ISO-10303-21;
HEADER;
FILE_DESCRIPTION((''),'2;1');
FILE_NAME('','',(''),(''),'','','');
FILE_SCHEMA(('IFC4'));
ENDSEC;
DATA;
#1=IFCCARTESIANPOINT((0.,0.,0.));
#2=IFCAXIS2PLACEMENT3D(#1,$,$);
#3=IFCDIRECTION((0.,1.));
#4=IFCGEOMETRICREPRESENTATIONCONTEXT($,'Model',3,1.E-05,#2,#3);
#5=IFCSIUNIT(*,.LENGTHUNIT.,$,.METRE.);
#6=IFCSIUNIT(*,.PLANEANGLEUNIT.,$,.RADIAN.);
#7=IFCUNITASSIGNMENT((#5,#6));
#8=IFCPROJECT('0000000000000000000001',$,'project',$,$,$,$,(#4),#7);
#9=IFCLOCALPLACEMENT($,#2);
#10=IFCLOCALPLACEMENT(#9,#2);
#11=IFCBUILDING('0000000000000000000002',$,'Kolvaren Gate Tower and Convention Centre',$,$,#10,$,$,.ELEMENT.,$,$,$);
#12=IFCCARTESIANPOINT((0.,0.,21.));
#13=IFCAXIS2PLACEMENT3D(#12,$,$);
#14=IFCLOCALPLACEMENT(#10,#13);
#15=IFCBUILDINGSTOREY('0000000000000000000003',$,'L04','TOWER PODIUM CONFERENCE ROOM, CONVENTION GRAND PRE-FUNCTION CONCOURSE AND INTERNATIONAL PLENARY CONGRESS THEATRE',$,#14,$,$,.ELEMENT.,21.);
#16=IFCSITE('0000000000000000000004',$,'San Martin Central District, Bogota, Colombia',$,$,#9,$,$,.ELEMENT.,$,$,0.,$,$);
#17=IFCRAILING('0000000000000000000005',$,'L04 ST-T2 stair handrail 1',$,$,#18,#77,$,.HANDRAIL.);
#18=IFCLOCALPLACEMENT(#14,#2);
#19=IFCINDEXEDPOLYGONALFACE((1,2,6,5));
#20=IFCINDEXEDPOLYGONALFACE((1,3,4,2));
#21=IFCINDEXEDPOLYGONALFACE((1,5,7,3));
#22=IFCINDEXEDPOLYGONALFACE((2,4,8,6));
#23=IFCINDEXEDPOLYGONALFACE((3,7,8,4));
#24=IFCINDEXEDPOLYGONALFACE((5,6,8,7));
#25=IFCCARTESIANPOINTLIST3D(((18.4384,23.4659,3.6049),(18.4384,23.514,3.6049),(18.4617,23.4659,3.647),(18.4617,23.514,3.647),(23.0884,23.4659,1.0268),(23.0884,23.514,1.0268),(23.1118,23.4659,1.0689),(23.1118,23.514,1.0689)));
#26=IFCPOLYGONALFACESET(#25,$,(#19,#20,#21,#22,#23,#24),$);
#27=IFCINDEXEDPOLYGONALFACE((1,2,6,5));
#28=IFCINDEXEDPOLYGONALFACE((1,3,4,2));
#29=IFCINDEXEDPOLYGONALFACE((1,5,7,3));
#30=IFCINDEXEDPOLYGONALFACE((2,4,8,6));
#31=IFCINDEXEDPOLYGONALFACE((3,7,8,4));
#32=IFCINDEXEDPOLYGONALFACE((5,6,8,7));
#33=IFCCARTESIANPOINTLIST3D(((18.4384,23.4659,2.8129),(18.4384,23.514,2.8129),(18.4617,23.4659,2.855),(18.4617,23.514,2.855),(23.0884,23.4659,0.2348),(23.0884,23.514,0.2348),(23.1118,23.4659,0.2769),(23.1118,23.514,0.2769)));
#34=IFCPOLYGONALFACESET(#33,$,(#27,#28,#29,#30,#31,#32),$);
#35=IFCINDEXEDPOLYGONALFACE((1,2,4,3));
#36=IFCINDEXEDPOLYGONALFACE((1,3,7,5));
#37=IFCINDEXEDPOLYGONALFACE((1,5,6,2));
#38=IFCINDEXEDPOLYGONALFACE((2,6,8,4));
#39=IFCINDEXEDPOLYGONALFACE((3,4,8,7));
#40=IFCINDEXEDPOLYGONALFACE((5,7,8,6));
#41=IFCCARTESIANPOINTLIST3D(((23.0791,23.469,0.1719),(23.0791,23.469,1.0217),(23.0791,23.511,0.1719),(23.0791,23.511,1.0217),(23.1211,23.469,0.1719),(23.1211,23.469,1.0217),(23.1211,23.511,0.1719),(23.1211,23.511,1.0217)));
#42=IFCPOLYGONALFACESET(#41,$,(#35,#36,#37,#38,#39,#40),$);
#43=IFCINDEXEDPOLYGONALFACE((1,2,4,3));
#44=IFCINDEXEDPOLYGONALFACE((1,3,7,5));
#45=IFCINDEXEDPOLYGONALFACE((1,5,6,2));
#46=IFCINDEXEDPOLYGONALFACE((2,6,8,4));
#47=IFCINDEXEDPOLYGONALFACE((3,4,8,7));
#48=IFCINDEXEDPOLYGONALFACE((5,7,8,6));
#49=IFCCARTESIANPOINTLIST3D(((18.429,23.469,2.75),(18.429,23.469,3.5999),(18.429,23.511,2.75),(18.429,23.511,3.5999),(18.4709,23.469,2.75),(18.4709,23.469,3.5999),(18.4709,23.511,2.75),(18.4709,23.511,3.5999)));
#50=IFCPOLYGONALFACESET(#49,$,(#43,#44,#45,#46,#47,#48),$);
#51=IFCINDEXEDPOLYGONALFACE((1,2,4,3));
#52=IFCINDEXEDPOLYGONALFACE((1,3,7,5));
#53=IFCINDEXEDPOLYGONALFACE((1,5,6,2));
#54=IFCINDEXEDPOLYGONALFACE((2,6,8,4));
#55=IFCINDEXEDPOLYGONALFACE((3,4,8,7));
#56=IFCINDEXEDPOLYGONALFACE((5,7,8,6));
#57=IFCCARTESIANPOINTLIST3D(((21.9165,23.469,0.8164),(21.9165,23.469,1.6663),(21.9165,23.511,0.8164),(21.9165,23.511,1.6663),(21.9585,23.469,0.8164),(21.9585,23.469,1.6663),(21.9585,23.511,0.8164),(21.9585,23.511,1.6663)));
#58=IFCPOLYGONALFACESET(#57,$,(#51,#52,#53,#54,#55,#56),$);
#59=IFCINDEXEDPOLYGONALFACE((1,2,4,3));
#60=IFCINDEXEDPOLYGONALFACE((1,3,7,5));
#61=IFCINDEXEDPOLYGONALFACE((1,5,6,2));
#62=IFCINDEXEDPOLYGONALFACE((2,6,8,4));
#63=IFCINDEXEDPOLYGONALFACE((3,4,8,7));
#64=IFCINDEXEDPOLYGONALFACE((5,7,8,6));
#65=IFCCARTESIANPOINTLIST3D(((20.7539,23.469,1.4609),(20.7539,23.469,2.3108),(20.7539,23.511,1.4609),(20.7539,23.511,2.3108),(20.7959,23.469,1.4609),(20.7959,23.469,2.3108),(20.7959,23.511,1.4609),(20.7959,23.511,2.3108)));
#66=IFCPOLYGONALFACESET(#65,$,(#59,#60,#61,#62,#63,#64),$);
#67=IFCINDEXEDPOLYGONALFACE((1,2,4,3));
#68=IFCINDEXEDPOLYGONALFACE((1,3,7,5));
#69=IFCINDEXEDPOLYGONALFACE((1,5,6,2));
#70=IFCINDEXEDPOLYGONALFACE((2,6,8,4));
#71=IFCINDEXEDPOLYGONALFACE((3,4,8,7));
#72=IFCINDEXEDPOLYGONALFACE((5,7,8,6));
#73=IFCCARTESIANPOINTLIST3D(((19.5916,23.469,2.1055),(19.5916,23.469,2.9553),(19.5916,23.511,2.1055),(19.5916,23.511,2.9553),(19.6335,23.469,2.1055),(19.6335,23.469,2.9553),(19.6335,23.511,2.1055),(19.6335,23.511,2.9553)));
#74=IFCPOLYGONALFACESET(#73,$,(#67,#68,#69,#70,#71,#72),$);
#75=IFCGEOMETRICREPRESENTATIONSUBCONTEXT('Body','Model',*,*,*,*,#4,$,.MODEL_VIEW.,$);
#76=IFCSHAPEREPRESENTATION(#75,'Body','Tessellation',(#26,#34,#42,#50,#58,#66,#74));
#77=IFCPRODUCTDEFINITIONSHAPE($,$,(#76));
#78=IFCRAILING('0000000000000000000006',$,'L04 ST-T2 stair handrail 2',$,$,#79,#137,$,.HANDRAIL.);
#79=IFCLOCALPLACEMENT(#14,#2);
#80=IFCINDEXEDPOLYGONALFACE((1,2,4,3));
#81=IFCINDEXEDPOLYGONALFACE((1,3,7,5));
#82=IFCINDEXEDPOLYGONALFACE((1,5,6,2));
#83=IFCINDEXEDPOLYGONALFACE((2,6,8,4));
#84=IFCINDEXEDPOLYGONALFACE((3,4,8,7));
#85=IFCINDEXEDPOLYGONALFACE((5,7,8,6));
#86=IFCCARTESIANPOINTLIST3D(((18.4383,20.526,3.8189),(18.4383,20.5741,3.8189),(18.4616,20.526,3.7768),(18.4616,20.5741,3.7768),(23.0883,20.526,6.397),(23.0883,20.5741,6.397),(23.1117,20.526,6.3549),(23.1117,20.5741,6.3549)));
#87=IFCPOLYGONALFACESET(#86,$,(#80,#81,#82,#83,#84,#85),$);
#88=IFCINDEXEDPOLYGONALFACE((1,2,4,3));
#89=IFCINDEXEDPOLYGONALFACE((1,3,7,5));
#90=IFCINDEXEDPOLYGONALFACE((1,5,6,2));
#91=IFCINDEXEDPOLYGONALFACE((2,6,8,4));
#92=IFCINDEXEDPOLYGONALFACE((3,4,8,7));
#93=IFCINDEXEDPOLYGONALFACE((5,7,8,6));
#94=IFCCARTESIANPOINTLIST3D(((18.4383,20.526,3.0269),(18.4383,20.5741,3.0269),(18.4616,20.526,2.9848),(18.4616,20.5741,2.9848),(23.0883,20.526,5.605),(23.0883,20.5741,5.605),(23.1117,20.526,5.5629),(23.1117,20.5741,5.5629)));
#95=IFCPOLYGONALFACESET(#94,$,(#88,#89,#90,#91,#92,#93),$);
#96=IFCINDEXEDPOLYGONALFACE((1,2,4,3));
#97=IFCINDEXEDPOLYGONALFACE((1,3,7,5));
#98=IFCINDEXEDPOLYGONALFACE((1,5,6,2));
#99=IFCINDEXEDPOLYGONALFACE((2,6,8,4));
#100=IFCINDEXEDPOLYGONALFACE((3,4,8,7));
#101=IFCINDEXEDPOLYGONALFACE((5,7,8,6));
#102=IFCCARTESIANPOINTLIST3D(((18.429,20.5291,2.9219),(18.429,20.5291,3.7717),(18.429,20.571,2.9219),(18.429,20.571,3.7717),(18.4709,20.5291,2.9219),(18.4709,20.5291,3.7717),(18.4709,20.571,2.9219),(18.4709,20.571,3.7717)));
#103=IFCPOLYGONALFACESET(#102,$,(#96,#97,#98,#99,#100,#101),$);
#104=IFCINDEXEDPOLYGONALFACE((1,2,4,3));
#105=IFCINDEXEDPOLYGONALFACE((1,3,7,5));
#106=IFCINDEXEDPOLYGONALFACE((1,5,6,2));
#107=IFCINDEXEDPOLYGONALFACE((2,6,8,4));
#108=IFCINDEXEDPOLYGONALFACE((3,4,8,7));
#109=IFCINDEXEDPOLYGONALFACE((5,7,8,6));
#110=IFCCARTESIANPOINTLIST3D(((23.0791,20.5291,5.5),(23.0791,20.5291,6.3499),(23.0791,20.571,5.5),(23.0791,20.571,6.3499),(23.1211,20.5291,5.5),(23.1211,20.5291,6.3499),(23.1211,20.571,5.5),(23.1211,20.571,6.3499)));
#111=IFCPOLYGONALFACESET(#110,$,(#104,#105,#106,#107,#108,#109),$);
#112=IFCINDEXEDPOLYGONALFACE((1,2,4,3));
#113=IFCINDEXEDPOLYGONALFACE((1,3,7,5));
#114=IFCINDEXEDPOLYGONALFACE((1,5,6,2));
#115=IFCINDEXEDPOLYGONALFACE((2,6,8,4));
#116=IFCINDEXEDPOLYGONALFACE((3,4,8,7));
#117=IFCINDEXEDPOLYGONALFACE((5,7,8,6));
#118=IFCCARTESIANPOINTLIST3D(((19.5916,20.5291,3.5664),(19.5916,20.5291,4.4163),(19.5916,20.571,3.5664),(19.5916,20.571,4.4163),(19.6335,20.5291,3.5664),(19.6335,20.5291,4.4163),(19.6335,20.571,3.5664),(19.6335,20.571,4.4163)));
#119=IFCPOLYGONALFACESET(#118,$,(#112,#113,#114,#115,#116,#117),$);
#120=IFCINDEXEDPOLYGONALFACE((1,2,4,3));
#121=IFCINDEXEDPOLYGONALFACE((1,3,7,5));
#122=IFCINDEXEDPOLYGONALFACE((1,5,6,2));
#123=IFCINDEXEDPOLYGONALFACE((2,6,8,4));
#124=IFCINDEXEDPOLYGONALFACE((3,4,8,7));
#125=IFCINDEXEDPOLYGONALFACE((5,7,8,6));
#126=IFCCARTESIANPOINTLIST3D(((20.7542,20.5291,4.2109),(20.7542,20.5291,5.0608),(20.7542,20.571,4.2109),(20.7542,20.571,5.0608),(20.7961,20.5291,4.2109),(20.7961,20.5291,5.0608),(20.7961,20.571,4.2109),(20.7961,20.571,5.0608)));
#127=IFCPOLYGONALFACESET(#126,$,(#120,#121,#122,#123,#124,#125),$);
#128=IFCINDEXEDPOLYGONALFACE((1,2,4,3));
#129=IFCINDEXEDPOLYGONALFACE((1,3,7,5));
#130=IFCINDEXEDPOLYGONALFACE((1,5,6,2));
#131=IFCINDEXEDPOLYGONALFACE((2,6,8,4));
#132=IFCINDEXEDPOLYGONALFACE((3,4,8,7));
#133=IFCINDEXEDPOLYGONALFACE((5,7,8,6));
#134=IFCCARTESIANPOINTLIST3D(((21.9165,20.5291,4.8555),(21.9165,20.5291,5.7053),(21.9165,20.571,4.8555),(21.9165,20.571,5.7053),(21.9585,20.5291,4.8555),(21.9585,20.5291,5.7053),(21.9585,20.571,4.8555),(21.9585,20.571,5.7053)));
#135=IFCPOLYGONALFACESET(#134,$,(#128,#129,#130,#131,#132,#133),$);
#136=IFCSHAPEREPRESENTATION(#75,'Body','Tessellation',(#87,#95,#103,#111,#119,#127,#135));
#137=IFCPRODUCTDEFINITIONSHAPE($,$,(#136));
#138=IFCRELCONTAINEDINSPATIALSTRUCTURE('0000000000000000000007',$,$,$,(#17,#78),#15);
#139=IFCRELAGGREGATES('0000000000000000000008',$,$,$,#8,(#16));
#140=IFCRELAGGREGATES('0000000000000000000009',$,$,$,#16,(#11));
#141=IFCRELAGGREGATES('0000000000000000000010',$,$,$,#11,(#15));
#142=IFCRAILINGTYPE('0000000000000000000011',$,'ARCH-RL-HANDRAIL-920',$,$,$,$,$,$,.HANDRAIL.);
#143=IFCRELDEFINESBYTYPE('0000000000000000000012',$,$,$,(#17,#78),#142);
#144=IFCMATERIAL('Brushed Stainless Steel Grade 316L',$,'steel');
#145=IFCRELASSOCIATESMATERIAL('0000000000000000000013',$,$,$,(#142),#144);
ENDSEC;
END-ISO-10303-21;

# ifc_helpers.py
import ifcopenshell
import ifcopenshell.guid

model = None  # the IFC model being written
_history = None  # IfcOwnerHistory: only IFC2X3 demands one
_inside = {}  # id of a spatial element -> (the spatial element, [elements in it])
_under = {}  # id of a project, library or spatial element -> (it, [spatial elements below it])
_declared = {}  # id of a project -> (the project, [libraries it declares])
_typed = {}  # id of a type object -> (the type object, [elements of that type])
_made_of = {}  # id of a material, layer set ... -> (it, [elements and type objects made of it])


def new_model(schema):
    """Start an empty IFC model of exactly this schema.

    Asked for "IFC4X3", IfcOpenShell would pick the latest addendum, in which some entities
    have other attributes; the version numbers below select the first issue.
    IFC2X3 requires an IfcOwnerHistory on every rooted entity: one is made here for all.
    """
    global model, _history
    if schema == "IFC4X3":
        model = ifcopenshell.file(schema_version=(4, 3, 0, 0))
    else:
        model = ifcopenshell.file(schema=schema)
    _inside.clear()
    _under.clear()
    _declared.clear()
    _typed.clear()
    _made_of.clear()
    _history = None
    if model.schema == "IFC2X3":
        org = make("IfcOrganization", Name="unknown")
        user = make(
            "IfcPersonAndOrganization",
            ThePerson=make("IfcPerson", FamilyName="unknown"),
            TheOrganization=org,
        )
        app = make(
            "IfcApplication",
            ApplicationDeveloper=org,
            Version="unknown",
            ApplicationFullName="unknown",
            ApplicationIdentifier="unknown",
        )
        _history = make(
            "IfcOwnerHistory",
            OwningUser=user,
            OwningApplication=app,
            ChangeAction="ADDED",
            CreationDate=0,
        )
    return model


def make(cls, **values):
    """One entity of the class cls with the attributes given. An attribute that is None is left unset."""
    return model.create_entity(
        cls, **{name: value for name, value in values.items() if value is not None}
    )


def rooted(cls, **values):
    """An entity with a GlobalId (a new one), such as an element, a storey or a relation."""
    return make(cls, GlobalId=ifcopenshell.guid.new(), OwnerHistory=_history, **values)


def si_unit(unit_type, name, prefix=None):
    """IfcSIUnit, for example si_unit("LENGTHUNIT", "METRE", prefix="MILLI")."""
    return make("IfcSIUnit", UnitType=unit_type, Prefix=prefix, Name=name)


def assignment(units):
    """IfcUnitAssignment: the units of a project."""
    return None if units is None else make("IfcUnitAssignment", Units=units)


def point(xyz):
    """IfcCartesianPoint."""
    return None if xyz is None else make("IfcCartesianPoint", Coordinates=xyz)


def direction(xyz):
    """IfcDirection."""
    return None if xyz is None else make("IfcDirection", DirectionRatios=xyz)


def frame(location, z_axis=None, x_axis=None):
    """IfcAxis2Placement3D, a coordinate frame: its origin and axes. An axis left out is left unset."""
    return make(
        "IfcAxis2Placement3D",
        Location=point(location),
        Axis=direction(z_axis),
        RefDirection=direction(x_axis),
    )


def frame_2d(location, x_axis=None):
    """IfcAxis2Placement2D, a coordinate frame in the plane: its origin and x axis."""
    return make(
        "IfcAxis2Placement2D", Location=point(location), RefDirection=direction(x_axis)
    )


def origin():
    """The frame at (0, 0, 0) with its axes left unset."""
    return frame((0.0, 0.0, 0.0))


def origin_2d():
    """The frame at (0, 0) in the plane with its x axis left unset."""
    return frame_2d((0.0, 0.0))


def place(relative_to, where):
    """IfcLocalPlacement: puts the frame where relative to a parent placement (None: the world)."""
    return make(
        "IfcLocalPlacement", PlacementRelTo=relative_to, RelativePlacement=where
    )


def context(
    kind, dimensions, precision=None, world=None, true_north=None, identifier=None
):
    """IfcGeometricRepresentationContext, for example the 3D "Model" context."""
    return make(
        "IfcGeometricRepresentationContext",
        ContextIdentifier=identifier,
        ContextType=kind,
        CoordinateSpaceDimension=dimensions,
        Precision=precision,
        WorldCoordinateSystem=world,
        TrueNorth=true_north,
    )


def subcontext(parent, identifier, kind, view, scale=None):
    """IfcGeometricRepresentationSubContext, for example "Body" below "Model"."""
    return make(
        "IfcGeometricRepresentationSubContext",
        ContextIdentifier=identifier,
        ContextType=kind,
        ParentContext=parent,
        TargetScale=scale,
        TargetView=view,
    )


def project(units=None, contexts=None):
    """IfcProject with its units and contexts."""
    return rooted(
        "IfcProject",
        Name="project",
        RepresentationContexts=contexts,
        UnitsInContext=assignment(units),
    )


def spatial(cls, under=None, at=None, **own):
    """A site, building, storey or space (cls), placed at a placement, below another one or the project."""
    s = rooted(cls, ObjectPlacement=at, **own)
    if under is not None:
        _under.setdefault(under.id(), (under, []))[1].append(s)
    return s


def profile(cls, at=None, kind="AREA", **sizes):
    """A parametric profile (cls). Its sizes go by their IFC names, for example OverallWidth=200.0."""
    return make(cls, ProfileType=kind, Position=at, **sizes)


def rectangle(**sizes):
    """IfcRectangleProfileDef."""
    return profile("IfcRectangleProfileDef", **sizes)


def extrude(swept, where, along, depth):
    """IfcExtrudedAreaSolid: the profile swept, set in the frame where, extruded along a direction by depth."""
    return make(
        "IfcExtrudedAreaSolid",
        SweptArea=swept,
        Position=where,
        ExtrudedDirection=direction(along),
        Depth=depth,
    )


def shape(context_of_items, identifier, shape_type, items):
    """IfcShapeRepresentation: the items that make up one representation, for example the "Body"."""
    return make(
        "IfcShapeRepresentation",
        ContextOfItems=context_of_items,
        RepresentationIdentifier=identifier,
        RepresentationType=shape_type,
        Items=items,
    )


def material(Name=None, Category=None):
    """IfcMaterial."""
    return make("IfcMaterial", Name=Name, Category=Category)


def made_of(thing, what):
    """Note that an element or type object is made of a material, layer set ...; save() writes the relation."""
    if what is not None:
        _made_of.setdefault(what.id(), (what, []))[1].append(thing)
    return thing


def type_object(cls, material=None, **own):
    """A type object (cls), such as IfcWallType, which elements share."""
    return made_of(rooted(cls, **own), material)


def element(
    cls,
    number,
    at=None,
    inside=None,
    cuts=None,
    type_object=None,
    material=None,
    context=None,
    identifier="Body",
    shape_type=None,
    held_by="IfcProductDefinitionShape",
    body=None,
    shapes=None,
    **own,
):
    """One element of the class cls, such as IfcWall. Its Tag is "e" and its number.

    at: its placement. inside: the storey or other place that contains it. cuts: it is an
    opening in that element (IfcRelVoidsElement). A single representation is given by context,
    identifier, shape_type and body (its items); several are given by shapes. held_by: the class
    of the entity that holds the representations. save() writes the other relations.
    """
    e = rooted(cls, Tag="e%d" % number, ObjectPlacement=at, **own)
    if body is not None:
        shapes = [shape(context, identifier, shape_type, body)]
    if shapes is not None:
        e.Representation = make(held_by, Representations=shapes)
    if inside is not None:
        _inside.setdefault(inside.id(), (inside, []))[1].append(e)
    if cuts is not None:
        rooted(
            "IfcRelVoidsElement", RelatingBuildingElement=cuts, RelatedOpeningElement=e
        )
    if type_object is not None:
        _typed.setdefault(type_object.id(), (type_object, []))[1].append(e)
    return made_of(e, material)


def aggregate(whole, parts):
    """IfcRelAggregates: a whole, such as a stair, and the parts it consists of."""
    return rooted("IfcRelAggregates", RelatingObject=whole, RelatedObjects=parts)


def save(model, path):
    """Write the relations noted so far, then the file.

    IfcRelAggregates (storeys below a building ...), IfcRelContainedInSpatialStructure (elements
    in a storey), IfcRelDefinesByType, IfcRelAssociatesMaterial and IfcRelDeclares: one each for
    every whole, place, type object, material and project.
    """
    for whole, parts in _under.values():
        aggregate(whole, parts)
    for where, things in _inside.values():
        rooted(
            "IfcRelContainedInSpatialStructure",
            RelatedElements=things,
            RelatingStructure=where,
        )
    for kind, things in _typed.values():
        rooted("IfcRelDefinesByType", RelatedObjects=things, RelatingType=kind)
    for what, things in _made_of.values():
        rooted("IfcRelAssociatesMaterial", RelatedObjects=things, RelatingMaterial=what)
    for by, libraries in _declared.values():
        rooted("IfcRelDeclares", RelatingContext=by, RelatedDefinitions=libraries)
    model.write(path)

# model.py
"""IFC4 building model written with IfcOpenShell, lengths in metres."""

from ifc_helpers import new_model, si_unit, direction, frame, origin, origin_2d, place, context, subcontext, project, spatial, rectangle, extrude, material, type_object, element, save


model = new_model("IFC4")

# Units and contexts
model_context = context("Model", 3, precision=1e-05, world=origin(), true_north=direction((0.0, 1.0)))
body_context = subcontext(model_context, "Body", "Model", "MODEL_VIEW")
ifc_project = project(units=[si_unit("LENGTHUNIT", "METRE"), si_unit("PLANEANGLEUNIT", "RADIAN")], contexts=[model_context])

# Site, building, storey
site_placement = place(None, origin())
site = spatial("IfcSite", under=ifc_project, at=site_placement, Name="San Martin Central District, Bogota, Colombia", CompositionType="ELEMENT", RefElevation=0.0)
building_placement = place(site_placement, origin())
building = spatial("IfcBuilding", under=site, at=building_placement, Name="Kolvaren Gate Tower and Convention Centre", CompositionType="ELEMENT")
storey_placement = place(building_placement, frame((0.0, 0.0, 21.0)))
storey = spatial("IfcBuildingStorey", under=building, at=storey_placement, Name="L04", Description="TOWER PODIUM CONFERENCE ROOM, CONVENTION GRAND PRE-FUNCTION CONCOURSE AND INTERNATIONAL PLENARY CONGRESS THEATRE", CompositionType="ELEMENT", Elevation=21.0)

# Shared definitions
ifc_material_1 = material(Name="Brushed Stainless Steel Grade 316L", Category="steel")

# Railings
railing_type_1 = type_object("IfcRailingType", Name="ARCH-RL-HANDRAIL-920", PredefinedType="HANDRAIL", material=ifc_material_1)
railing_1_placement = place(storey_placement, frame((23.1001, 23.49, 0.1719)))
element("IfcRailing", 1, at=railing_1_placement, inside=storey, type_object=railing_type_1, Name="L04 ST-T2 stair handrail 1", PredefinedType="HANDRAIL", context=body_context, shape_type="SweptSolid", body=[
    extrude(rectangle(XDim=0.0481, YDim=0.0481, at=origin_2d()), frame((0.0, 0.0, 0.876), z_axis=(-0.874579, 0.0, 0.484883), x_axis=(0.0, -1.0, 0.0)), (0.0, 0.0, 1.0), 5.3169),
    extrude(rectangle(XDim=0.0481, YDim=0.0481, at=origin_2d()), frame((0.0, 0.0, 0.084), z_axis=(-0.874579, 0.0, 0.484883), x_axis=(0.0, -1.0, 0.0)), (0.0, 0.0, 1.0), 5.3169),
    extrude(rectangle(XDim=0.042, YDim=0.042, at=origin_2d()), origin(), (0.0, 0.0, 1.0), 0.8499),
    extrude(rectangle(XDim=0.042, YDim=0.042, at=origin_2d()), frame((-4.6501, 0.0, 2.5781)), (0.0, 0.0, 1.0), 0.8499),
    extrude(rectangle(XDim=0.042, YDim=0.042, at=origin_2d()), frame((-1.1626, 0.0, 0.6445)), (0.0, 0.0, 1.0), 0.8499),
    extrude(rectangle(XDim=0.042, YDim=0.042, at=origin_2d()), frame((-2.3252, 0.0, 1.2891)), (0.0, 0.0, 1.0), 0.8499),
    extrude(rectangle(XDim=0.042, YDim=0.042, at=origin_2d()), frame((-3.4875, 0.0, 1.9336)), (0.0, 0.0, 1.0), 0.8499),
])
railing_2_placement = place(storey_placement, frame((18.45, 20.55, 2.9219)))
element("IfcRailing", 2, at=railing_2_placement, inside=storey, type_object=railing_type_1, Name="L04 ST-T2 stair handrail 2", PredefinedType="HANDRAIL", context=body_context, shape_type="SweptSolid", body=[
    extrude(rectangle(XDim=0.0481, YDim=0.0481, at=origin_2d()), frame((0.0, 0.0, 0.876), z_axis=(0.874579, 0.0, 0.484883), x_axis=(0.0, 1.0, 0.0)), (0.0, 0.0, 1.0), 5.3169),
    extrude(rectangle(XDim=0.0481, YDim=0.0481, at=origin_2d()), frame((0.0, 0.0, 0.084), z_axis=(0.874579, 0.0, 0.484883), x_axis=(0.0, 1.0, 0.0)), (0.0, 0.0, 1.0), 5.3169),
    extrude(rectangle(XDim=0.042, YDim=0.042, at=origin_2d()), origin(), (0.0, 0.0, 1.0), 0.8499),
    extrude(rectangle(XDim=0.042, YDim=0.042, at=origin_2d()), frame((4.6501, 0.0, 2.5781)), (0.0, 0.0, 1.0), 0.8499),
    extrude(rectangle(XDim=0.042, YDim=0.042, at=origin_2d()), frame((1.1626, 0.0, 0.6445)), (0.0, 0.0, 1.0), 0.8499),
    extrude(rectangle(XDim=0.042, YDim=0.042, at=origin_2d()), frame((2.3252, 0.0, 1.2891)), (0.0, 0.0, 1.0), 0.8499),
    extrude(rectangle(XDim=0.042, YDim=0.042, at=origin_2d()), frame((3.4875, 0.0, 1.9336)), (0.0, 0.0, 1.0), 0.8499),
])

save(model, "model.ifc")
